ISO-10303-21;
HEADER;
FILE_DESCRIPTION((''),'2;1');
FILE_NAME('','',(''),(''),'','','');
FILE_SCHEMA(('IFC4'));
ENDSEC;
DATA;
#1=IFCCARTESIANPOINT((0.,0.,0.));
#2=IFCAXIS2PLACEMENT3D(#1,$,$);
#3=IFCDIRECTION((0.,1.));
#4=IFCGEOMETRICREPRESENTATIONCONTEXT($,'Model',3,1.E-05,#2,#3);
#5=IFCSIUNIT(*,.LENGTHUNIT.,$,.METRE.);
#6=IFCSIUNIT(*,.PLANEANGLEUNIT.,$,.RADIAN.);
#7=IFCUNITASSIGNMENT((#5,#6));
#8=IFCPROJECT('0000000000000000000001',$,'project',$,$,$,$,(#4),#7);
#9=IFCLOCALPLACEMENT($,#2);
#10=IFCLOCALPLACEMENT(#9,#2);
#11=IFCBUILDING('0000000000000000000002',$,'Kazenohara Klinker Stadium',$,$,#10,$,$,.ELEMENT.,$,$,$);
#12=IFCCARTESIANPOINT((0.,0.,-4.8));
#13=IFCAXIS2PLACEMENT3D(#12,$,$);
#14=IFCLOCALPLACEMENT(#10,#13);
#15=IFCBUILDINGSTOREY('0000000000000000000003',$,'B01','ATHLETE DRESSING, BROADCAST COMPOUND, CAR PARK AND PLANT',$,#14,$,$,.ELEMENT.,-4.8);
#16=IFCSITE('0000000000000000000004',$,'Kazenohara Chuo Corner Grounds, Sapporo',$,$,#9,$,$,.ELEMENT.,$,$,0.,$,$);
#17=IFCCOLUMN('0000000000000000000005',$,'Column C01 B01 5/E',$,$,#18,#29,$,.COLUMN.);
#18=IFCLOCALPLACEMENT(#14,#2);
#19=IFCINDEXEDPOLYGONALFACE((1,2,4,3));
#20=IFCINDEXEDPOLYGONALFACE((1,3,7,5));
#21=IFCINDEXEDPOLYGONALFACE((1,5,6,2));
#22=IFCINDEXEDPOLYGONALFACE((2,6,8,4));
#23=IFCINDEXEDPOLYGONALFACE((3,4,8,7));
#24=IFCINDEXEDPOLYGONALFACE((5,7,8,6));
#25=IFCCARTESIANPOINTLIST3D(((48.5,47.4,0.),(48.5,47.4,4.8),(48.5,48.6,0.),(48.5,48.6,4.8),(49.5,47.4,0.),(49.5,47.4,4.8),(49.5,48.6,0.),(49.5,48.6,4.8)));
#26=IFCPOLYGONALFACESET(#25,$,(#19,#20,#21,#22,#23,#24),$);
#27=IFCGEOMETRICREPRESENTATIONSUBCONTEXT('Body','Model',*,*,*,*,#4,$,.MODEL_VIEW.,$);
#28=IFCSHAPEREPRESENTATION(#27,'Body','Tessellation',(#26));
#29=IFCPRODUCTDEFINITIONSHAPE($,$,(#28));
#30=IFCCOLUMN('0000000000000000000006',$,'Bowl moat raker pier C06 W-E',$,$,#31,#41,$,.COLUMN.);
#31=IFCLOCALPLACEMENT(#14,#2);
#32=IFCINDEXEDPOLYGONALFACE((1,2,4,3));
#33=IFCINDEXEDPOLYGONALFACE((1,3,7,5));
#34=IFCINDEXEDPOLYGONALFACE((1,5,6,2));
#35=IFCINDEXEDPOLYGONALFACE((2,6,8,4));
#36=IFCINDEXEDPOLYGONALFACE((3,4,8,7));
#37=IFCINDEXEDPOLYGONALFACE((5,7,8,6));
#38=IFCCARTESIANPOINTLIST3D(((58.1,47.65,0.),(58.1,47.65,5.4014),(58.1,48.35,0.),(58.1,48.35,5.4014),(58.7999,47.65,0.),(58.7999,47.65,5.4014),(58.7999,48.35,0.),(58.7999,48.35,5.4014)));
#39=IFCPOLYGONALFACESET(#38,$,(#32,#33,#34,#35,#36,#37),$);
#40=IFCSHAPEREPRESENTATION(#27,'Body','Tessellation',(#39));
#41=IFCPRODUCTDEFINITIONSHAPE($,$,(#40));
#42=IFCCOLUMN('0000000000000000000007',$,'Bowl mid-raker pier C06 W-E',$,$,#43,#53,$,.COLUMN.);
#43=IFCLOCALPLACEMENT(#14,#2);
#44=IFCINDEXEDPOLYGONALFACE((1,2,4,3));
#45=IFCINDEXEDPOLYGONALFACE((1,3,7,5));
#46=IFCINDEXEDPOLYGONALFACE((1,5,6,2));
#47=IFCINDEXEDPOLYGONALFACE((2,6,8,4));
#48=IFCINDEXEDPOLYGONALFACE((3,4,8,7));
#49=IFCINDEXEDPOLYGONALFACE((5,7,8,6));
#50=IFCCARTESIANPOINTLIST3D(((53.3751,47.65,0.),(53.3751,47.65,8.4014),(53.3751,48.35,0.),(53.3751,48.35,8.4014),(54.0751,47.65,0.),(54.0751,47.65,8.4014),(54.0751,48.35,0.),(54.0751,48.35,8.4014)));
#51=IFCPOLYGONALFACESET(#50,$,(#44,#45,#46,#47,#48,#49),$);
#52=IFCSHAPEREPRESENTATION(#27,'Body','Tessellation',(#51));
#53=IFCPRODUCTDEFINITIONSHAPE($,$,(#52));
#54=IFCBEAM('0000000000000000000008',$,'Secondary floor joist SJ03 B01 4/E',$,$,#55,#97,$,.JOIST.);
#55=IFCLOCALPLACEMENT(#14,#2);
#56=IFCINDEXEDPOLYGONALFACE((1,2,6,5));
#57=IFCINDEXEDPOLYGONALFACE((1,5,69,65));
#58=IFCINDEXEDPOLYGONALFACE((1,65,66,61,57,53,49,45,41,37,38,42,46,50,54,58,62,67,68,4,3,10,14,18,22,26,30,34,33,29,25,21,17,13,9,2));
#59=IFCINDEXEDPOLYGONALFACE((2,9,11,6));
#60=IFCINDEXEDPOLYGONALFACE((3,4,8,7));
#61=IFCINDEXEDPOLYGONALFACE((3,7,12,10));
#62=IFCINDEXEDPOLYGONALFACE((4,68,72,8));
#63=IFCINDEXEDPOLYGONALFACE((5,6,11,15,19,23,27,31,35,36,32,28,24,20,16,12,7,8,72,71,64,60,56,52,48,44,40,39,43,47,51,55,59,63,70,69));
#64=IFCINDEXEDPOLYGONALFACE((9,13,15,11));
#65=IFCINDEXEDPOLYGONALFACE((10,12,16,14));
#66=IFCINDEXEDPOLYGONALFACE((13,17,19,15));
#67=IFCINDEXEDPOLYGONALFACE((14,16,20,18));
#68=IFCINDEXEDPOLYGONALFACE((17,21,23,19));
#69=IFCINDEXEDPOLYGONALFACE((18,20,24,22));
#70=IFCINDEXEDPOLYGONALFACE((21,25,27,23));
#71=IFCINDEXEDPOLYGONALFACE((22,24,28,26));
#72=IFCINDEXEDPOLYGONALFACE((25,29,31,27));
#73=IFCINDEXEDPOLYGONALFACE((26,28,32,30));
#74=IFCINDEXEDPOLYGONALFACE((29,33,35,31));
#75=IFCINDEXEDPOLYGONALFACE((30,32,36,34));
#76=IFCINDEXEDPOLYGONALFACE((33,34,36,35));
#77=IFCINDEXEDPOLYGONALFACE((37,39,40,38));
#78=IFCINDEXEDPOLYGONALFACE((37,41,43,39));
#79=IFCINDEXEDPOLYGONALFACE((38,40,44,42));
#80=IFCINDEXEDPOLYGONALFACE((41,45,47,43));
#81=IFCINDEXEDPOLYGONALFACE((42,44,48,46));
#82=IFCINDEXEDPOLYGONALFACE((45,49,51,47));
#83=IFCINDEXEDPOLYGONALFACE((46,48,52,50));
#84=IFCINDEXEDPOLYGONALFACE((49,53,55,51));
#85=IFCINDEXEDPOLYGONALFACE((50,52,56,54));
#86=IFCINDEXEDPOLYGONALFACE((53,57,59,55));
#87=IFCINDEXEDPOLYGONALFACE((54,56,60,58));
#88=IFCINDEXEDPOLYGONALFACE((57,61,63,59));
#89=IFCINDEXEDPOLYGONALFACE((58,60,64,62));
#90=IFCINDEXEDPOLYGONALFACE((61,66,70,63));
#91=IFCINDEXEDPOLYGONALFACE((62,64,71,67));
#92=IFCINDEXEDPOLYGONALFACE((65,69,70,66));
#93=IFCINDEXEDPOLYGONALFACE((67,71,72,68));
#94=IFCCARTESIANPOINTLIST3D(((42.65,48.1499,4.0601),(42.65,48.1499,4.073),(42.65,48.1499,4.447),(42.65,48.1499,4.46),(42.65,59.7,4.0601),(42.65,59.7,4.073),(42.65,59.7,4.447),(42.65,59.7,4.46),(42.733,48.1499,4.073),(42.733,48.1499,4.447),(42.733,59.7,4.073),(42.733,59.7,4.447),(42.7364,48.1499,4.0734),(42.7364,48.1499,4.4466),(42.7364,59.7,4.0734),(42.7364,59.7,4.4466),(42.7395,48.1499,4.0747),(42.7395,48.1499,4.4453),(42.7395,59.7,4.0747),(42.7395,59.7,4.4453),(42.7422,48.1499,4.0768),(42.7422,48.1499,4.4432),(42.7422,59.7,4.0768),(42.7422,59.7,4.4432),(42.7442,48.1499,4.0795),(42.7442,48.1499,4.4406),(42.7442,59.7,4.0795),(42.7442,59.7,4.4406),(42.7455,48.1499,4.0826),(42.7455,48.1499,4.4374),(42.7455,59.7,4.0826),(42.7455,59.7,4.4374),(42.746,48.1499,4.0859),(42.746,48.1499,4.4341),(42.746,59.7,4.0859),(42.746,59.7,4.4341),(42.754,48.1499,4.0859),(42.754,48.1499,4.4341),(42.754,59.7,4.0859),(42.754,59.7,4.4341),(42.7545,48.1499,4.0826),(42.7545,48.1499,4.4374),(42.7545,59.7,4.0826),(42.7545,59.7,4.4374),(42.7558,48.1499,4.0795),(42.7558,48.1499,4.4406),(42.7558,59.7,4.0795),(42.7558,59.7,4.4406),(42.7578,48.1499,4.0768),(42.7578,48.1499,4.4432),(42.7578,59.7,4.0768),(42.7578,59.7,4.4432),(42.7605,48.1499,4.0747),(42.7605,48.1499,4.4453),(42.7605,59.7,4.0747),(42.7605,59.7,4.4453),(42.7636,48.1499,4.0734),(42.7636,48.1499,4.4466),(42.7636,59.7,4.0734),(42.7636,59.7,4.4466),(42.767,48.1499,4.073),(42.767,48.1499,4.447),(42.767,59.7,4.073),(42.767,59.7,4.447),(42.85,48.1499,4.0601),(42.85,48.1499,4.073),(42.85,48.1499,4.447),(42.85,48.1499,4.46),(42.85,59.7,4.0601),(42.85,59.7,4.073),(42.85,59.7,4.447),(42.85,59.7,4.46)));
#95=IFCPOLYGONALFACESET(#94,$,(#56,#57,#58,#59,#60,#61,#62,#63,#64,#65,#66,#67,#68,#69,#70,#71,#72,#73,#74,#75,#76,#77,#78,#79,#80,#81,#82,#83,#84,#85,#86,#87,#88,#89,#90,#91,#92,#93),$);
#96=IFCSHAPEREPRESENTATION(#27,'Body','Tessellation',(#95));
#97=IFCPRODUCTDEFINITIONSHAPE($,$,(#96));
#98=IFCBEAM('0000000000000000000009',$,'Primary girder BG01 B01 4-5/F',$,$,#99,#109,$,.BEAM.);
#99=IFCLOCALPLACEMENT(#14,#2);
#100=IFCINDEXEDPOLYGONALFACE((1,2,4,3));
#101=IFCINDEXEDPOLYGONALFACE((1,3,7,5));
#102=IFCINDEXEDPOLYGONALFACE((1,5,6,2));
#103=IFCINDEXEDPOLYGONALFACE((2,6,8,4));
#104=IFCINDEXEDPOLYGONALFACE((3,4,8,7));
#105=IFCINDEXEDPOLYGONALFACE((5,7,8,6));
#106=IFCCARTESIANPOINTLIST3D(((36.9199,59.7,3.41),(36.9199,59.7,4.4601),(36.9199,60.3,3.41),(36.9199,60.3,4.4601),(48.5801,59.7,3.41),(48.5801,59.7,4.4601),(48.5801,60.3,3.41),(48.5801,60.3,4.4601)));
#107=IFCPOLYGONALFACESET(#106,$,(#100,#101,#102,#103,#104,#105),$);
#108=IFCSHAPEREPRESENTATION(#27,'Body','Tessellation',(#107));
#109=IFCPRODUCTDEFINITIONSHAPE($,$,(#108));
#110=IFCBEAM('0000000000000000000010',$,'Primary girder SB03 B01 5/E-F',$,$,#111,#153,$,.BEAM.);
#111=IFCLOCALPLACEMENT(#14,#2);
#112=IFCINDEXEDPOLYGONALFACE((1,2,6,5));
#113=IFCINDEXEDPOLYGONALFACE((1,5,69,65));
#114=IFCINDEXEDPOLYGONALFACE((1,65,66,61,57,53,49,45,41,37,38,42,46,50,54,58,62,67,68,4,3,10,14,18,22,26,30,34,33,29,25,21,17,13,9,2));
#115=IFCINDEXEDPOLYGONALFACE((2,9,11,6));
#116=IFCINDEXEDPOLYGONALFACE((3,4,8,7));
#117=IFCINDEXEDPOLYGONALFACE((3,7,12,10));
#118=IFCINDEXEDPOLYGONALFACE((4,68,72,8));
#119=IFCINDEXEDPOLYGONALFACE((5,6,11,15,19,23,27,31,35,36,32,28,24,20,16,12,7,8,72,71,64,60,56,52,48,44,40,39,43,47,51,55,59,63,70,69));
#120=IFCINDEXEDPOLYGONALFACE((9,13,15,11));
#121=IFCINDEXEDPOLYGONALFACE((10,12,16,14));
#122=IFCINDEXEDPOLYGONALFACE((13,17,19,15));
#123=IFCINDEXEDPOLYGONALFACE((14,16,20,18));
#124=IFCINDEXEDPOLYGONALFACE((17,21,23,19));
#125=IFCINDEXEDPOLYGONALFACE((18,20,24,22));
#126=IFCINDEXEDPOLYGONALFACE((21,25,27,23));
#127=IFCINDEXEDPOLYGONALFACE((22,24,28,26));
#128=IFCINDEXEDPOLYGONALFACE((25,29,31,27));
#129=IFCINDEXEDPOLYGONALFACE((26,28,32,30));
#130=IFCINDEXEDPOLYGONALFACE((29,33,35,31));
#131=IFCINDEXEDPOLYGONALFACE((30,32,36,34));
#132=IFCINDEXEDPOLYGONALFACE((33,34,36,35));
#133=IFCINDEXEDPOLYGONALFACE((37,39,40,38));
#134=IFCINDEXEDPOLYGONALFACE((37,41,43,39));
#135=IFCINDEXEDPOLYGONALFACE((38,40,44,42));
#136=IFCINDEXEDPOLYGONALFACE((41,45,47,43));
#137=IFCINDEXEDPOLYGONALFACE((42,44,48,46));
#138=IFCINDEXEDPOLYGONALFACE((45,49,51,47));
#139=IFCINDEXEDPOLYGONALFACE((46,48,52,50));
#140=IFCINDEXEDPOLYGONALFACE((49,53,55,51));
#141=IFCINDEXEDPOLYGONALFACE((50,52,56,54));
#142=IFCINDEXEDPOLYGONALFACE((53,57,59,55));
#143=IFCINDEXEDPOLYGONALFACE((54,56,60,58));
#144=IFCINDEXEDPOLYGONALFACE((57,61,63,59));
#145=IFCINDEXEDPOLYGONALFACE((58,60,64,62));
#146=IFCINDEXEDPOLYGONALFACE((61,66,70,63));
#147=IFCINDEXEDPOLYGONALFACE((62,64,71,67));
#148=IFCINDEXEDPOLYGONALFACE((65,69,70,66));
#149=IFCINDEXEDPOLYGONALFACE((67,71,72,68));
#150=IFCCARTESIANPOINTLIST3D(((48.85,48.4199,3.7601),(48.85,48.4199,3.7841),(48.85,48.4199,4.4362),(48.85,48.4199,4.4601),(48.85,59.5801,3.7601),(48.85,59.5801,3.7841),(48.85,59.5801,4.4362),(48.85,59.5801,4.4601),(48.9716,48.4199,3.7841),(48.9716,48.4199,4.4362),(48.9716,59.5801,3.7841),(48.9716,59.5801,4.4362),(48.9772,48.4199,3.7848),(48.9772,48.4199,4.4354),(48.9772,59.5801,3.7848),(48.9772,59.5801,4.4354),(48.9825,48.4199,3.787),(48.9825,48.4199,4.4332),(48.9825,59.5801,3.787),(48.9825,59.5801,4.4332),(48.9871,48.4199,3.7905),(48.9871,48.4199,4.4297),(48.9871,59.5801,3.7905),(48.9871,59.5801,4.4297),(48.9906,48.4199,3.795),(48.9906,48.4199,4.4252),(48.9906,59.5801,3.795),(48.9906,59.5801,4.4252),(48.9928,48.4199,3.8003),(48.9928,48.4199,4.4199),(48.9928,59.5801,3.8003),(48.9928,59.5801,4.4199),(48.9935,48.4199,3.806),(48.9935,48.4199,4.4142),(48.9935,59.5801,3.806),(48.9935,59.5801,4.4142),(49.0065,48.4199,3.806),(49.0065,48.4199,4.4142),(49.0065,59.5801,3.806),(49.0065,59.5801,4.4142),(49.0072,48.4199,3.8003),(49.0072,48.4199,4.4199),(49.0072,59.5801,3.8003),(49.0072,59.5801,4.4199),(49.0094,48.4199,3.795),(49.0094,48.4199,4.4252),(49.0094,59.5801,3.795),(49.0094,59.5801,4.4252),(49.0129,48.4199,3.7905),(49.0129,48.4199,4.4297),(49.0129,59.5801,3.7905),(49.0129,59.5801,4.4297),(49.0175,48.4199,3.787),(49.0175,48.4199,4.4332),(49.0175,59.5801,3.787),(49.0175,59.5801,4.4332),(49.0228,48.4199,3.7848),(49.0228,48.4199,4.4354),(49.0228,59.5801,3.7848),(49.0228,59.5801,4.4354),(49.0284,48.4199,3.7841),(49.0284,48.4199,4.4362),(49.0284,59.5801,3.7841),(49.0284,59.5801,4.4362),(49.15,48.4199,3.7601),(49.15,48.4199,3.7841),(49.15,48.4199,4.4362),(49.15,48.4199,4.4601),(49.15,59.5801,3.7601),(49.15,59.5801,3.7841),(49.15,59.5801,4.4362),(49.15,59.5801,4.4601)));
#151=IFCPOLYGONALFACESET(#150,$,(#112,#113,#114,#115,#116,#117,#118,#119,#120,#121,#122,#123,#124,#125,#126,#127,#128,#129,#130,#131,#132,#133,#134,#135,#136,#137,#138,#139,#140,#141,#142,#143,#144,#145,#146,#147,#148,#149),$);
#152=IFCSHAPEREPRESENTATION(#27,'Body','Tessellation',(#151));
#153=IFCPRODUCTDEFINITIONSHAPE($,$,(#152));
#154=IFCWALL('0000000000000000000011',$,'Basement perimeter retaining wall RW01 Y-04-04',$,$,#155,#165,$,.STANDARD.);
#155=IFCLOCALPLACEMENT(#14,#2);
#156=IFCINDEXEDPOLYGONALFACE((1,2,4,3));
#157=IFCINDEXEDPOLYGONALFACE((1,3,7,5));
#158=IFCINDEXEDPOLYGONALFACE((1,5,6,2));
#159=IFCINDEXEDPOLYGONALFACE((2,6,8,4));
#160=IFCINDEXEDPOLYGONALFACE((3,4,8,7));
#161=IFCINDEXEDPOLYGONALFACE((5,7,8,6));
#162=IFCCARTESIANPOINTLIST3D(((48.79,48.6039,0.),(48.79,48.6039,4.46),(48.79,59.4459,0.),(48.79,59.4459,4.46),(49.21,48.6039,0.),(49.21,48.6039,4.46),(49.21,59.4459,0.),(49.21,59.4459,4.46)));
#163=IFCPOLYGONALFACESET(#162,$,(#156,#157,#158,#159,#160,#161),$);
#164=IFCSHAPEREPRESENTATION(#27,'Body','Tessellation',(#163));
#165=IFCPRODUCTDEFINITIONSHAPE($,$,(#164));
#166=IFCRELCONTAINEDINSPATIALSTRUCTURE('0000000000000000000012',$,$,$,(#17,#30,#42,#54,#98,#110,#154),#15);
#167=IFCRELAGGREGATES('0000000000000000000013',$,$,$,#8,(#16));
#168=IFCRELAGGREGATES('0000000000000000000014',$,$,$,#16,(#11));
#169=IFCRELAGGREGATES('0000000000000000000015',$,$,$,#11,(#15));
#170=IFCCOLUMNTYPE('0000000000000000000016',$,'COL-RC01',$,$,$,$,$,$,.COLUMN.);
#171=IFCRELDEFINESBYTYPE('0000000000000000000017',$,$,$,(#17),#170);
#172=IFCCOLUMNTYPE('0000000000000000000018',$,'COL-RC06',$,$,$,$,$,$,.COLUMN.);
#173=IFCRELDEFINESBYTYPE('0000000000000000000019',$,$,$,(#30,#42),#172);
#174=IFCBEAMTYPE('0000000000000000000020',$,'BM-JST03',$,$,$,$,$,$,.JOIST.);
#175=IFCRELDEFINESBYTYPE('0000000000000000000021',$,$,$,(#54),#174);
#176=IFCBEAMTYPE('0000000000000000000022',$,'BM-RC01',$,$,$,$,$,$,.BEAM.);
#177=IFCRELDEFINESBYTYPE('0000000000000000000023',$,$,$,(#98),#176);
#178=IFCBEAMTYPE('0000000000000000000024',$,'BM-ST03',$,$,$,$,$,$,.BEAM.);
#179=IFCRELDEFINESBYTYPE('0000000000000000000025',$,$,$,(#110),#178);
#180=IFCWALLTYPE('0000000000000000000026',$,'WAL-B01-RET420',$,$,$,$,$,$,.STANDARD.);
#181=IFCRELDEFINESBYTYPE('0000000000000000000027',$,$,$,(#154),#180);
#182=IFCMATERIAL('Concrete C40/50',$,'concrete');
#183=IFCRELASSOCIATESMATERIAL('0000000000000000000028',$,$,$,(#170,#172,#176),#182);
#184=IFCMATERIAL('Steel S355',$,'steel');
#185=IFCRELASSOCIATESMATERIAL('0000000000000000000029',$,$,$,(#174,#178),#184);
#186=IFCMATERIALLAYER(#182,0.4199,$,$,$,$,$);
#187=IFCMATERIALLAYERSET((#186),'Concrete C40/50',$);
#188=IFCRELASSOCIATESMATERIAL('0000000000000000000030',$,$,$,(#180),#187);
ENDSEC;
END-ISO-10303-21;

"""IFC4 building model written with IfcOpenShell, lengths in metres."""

from ifc_helpers import new_model, si_unit, direction, frame, frame_2d, origin, origin_2d, place, context, subcontext, project, spatial, rectangle, i_section, extrude, material, layer, layer_set, material_profile, profile_set, type_object, element, save


model = new_model("IFC4")

# Units and contexts
model_context = context("Model", 3, precision=1e-05, world=origin(), true_north=direction((0.0, 1.0)))
body_context = subcontext(model_context, "Body", "Model", "MODEL_VIEW")
ifc_project = project(units=[si_unit("LENGTHUNIT", "METRE"), si_unit("PLANEANGLEUNIT", "RADIAN")], contexts=[model_context])

# Site, building, storey
site_placement = place(None, origin())
site = spatial("IfcSite", under=ifc_project, at=site_placement, Name="Kazenohara Chuo Corner Grounds, Sapporo", CompositionType="ELEMENT", RefElevation=0.0)
building_placement = place(site_placement, origin())
building = spatial("IfcBuilding", under=site, at=building_placement, Name="Kazenohara Klinker Stadium", CompositionType="ELEMENT")
storey_placement = place(building_placement, frame((0.0, 0.0, -4.8)))
storey = spatial("IfcBuildingStorey", under=building, at=storey_placement, Name="B01", Description="ATHLETE DRESSING, BROADCAST COMPOUND, CAR PARK AND PLANT", CompositionType="ELEMENT", Elevation=-4.8)

# Columns
ifc_material_1 = material(Name="Concrete C40/50", Category="concrete")
ifc_material_profile_1 = material_profile(ifc_material_1, rectangle(XDim=1.0, YDim=1.2, at=origin_2d()), Name="RC-COL-1200x1000")
ifc_profile_set_1 = profile_set([ifc_material_profile_1], Name="Concrete C40/50")
column_type_1 = type_object("IfcColumnType", Name="COL-RC01", PredefinedType="COLUMN", material=ifc_profile_set_1)
column_1_placement = place(storey_placement, frame((49.0, 48.0, 0.0), z_axis=(0.0, 0.0, 1.0), x_axis=(1.0, 0.0, 0.0)))
element("IfcColumn", 1, at=column_1_placement, inside=storey, type_object=column_type_1, Name="Column C01 B01 5/E", PredefinedType="COLUMN", context=body_context, shape_type="SweptSolid", body=[
    extrude(rectangle(XDim=1.0, YDim=1.2, at=origin_2d()), origin(), (0.0, 0.0, 1.0), 4.8),
])
ifc_material_profile_2 = material_profile(ifc_material_1, rectangle(XDim=0.7, YDim=0.7, at=origin_2d()), Name="RC-COL-700x700")
ifc_profile_set_2 = profile_set([ifc_material_profile_2], Name="Concrete C40/50")
column_type_2 = type_object("IfcColumnType", Name="COL-RC06", PredefinedType="COLUMN", material=ifc_profile_set_2)
column_2_placement = place(storey_placement, frame((58.45, 48.0, 0.0), z_axis=(0.0, 0.0, 1.0), x_axis=(1.0, 0.0, 0.0)))
element("IfcColumn", 2, at=column_2_placement, inside=storey, type_object=column_type_2, Name="Bowl moat raker pier C06 W-E", PredefinedType="COLUMN", context=body_context, shape_type="SweptSolid", body=[
    extrude(rectangle(XDim=0.7, YDim=0.7, at=origin_2d()), origin(), (0.0, 0.0, 1.0), 5.4014),
])
column_3_placement = place(storey_placement, frame((53.7251, 48.0, 0.0), z_axis=(0.0, 0.0, 1.0), x_axis=(1.0, 0.0, 0.0)))
element("IfcColumn", 3, at=column_3_placement, inside=storey, type_object=column_type_2, Name="Bowl mid-raker pier C06 W-E", PredefinedType="COLUMN", context=body_context, shape_type="SweptSolid", body=[
    extrude(rectangle(XDim=0.7, YDim=0.7, at=origin_2d()), origin(), (0.0, 0.0, 1.0), 8.4014),
])

# Beams
ifc_material_2 = material(Name="Steel S355", Category="steel")
ifc_material_profile_3 = material_profile(ifc_material_2, i_section(OverallWidth=0.2, OverallDepth=0.3999, WebThickness=0.0081, FlangeThickness=0.0129, FilletRadius=0.0129, at=origin_2d()), Name="H-400x200x8x13")
ifc_profile_set_3 = profile_set([ifc_material_profile_3], Name="Steel S355")
beam_type_1 = type_object("IfcBeamType", Name="BM-JST03", PredefinedType="JOIST", material=ifc_profile_set_3)
beam_1_placement = place(storey_placement, frame((42.75, 48.1499, 4.26), z_axis=(0.0, 1.0, 0.0), x_axis=(-1.0, 0.0, 0.0)))
element("IfcBeam", 4, at=beam_1_placement, inside=storey, type_object=beam_type_1, Name="Secondary floor joist SJ03 B01 4/E", PredefinedType="JOIST", context=body_context, shape_type="SweptSolid", body=[
    extrude(i_section(OverallWidth=0.2, OverallDepth=0.3999, WebThickness=0.0081, FlangeThickness=0.0129, FilletRadius=0.0129, at=origin_2d()), origin(), (0.0, 0.0, 1.0), 11.55),
])
ifc_material_profile_4 = material_profile(ifc_material_1, rectangle(XDim=0.6001, YDim=1.05, at=origin_2d()), Name="RC-BM-600x1050")
ifc_profile_set_4 = profile_set([ifc_material_profile_4], Name="Concrete C40/50")
beam_type_2 = type_object("IfcBeamType", Name="BM-RC01", PredefinedType="BEAM", material=ifc_profile_set_4)
beam_2_placement = place(storey_placement, frame((36.9199, 60.0, 3.9351), z_axis=(1.0, 0.0, 0.0), x_axis=(0.0, 1.0, 0.0)))
element("IfcBeam", 5, at=beam_2_placement, inside=storey, type_object=beam_type_2, Name="Primary girder BG01 B01 4-5/F", PredefinedType="BEAM", context=body_context, shape_type="SweptSolid", body=[
    extrude(rectangle(XDim=0.6001, YDim=1.05, at=origin_2d()), origin(), (0.0, 0.0, 1.0), 11.6602),
])
ifc_material_profile_5 = material_profile(ifc_material_2, i_section(OverallWidth=0.3, OverallDepth=0.7, WebThickness=0.0129, FlangeThickness=0.0239, FilletRadius=0.022, at=origin_2d()), Name="H-700x300x13x24")
ifc_profile_set_5 = profile_set([ifc_material_profile_5], Name="Steel S355")
beam_type_3 = type_object("IfcBeamType", Name="BM-ST03", PredefinedType="BEAM", material=ifc_profile_set_5)
beam_3_placement = place(storey_placement, frame((49.0, 48.4199, 4.1101), z_axis=(0.0, 1.0, 0.0), x_axis=(-1.0, 0.0, 0.0)))
element("IfcBeam", 6, at=beam_3_placement, inside=storey, type_object=beam_type_3, Name="Primary girder SB03 B01 5/E-F", PredefinedType="BEAM", context=body_context, shape_type="SweptSolid", body=[
    extrude(i_section(OverallWidth=0.3, OverallDepth=0.7, WebThickness=0.0129, FlangeThickness=0.0239, FilletRadius=0.022, at=origin_2d()), origin(), (0.0, 0.0, 1.0), 11.1602),
])

# Wall
ifc_layer_1 = layer(ifc_material_1, 0.4199)
ifc_layer_set_1 = layer_set([ifc_layer_1], Name="Concrete C40/50")
wall_type_1 = type_object("IfcWallType", Name="WAL-B01-RET420", PredefinedType="STANDARD", material=ifc_layer_set_1)
wall_1_placement = place(storey_placement, frame((49.0, 48.604, 0.0), z_axis=(0.0, 0.0, 1.0), x_axis=(0.0, 1.0, 0.0)))
element("IfcWall", 7, at=wall_1_placement, inside=storey, type_object=wall_type_1, Name="Basement perimeter retaining wall RW01 Y-04-04", PredefinedType="STANDARD", context=body_context, shape_type="SweptSolid", body=[
    extrude(rectangle(XDim=10.842, YDim=0.4199, at=frame_2d((5.4209, 0.0))), origin(), (0.0, 0.0, 1.0), 4.46),
])

save(model, "model.ifc")
